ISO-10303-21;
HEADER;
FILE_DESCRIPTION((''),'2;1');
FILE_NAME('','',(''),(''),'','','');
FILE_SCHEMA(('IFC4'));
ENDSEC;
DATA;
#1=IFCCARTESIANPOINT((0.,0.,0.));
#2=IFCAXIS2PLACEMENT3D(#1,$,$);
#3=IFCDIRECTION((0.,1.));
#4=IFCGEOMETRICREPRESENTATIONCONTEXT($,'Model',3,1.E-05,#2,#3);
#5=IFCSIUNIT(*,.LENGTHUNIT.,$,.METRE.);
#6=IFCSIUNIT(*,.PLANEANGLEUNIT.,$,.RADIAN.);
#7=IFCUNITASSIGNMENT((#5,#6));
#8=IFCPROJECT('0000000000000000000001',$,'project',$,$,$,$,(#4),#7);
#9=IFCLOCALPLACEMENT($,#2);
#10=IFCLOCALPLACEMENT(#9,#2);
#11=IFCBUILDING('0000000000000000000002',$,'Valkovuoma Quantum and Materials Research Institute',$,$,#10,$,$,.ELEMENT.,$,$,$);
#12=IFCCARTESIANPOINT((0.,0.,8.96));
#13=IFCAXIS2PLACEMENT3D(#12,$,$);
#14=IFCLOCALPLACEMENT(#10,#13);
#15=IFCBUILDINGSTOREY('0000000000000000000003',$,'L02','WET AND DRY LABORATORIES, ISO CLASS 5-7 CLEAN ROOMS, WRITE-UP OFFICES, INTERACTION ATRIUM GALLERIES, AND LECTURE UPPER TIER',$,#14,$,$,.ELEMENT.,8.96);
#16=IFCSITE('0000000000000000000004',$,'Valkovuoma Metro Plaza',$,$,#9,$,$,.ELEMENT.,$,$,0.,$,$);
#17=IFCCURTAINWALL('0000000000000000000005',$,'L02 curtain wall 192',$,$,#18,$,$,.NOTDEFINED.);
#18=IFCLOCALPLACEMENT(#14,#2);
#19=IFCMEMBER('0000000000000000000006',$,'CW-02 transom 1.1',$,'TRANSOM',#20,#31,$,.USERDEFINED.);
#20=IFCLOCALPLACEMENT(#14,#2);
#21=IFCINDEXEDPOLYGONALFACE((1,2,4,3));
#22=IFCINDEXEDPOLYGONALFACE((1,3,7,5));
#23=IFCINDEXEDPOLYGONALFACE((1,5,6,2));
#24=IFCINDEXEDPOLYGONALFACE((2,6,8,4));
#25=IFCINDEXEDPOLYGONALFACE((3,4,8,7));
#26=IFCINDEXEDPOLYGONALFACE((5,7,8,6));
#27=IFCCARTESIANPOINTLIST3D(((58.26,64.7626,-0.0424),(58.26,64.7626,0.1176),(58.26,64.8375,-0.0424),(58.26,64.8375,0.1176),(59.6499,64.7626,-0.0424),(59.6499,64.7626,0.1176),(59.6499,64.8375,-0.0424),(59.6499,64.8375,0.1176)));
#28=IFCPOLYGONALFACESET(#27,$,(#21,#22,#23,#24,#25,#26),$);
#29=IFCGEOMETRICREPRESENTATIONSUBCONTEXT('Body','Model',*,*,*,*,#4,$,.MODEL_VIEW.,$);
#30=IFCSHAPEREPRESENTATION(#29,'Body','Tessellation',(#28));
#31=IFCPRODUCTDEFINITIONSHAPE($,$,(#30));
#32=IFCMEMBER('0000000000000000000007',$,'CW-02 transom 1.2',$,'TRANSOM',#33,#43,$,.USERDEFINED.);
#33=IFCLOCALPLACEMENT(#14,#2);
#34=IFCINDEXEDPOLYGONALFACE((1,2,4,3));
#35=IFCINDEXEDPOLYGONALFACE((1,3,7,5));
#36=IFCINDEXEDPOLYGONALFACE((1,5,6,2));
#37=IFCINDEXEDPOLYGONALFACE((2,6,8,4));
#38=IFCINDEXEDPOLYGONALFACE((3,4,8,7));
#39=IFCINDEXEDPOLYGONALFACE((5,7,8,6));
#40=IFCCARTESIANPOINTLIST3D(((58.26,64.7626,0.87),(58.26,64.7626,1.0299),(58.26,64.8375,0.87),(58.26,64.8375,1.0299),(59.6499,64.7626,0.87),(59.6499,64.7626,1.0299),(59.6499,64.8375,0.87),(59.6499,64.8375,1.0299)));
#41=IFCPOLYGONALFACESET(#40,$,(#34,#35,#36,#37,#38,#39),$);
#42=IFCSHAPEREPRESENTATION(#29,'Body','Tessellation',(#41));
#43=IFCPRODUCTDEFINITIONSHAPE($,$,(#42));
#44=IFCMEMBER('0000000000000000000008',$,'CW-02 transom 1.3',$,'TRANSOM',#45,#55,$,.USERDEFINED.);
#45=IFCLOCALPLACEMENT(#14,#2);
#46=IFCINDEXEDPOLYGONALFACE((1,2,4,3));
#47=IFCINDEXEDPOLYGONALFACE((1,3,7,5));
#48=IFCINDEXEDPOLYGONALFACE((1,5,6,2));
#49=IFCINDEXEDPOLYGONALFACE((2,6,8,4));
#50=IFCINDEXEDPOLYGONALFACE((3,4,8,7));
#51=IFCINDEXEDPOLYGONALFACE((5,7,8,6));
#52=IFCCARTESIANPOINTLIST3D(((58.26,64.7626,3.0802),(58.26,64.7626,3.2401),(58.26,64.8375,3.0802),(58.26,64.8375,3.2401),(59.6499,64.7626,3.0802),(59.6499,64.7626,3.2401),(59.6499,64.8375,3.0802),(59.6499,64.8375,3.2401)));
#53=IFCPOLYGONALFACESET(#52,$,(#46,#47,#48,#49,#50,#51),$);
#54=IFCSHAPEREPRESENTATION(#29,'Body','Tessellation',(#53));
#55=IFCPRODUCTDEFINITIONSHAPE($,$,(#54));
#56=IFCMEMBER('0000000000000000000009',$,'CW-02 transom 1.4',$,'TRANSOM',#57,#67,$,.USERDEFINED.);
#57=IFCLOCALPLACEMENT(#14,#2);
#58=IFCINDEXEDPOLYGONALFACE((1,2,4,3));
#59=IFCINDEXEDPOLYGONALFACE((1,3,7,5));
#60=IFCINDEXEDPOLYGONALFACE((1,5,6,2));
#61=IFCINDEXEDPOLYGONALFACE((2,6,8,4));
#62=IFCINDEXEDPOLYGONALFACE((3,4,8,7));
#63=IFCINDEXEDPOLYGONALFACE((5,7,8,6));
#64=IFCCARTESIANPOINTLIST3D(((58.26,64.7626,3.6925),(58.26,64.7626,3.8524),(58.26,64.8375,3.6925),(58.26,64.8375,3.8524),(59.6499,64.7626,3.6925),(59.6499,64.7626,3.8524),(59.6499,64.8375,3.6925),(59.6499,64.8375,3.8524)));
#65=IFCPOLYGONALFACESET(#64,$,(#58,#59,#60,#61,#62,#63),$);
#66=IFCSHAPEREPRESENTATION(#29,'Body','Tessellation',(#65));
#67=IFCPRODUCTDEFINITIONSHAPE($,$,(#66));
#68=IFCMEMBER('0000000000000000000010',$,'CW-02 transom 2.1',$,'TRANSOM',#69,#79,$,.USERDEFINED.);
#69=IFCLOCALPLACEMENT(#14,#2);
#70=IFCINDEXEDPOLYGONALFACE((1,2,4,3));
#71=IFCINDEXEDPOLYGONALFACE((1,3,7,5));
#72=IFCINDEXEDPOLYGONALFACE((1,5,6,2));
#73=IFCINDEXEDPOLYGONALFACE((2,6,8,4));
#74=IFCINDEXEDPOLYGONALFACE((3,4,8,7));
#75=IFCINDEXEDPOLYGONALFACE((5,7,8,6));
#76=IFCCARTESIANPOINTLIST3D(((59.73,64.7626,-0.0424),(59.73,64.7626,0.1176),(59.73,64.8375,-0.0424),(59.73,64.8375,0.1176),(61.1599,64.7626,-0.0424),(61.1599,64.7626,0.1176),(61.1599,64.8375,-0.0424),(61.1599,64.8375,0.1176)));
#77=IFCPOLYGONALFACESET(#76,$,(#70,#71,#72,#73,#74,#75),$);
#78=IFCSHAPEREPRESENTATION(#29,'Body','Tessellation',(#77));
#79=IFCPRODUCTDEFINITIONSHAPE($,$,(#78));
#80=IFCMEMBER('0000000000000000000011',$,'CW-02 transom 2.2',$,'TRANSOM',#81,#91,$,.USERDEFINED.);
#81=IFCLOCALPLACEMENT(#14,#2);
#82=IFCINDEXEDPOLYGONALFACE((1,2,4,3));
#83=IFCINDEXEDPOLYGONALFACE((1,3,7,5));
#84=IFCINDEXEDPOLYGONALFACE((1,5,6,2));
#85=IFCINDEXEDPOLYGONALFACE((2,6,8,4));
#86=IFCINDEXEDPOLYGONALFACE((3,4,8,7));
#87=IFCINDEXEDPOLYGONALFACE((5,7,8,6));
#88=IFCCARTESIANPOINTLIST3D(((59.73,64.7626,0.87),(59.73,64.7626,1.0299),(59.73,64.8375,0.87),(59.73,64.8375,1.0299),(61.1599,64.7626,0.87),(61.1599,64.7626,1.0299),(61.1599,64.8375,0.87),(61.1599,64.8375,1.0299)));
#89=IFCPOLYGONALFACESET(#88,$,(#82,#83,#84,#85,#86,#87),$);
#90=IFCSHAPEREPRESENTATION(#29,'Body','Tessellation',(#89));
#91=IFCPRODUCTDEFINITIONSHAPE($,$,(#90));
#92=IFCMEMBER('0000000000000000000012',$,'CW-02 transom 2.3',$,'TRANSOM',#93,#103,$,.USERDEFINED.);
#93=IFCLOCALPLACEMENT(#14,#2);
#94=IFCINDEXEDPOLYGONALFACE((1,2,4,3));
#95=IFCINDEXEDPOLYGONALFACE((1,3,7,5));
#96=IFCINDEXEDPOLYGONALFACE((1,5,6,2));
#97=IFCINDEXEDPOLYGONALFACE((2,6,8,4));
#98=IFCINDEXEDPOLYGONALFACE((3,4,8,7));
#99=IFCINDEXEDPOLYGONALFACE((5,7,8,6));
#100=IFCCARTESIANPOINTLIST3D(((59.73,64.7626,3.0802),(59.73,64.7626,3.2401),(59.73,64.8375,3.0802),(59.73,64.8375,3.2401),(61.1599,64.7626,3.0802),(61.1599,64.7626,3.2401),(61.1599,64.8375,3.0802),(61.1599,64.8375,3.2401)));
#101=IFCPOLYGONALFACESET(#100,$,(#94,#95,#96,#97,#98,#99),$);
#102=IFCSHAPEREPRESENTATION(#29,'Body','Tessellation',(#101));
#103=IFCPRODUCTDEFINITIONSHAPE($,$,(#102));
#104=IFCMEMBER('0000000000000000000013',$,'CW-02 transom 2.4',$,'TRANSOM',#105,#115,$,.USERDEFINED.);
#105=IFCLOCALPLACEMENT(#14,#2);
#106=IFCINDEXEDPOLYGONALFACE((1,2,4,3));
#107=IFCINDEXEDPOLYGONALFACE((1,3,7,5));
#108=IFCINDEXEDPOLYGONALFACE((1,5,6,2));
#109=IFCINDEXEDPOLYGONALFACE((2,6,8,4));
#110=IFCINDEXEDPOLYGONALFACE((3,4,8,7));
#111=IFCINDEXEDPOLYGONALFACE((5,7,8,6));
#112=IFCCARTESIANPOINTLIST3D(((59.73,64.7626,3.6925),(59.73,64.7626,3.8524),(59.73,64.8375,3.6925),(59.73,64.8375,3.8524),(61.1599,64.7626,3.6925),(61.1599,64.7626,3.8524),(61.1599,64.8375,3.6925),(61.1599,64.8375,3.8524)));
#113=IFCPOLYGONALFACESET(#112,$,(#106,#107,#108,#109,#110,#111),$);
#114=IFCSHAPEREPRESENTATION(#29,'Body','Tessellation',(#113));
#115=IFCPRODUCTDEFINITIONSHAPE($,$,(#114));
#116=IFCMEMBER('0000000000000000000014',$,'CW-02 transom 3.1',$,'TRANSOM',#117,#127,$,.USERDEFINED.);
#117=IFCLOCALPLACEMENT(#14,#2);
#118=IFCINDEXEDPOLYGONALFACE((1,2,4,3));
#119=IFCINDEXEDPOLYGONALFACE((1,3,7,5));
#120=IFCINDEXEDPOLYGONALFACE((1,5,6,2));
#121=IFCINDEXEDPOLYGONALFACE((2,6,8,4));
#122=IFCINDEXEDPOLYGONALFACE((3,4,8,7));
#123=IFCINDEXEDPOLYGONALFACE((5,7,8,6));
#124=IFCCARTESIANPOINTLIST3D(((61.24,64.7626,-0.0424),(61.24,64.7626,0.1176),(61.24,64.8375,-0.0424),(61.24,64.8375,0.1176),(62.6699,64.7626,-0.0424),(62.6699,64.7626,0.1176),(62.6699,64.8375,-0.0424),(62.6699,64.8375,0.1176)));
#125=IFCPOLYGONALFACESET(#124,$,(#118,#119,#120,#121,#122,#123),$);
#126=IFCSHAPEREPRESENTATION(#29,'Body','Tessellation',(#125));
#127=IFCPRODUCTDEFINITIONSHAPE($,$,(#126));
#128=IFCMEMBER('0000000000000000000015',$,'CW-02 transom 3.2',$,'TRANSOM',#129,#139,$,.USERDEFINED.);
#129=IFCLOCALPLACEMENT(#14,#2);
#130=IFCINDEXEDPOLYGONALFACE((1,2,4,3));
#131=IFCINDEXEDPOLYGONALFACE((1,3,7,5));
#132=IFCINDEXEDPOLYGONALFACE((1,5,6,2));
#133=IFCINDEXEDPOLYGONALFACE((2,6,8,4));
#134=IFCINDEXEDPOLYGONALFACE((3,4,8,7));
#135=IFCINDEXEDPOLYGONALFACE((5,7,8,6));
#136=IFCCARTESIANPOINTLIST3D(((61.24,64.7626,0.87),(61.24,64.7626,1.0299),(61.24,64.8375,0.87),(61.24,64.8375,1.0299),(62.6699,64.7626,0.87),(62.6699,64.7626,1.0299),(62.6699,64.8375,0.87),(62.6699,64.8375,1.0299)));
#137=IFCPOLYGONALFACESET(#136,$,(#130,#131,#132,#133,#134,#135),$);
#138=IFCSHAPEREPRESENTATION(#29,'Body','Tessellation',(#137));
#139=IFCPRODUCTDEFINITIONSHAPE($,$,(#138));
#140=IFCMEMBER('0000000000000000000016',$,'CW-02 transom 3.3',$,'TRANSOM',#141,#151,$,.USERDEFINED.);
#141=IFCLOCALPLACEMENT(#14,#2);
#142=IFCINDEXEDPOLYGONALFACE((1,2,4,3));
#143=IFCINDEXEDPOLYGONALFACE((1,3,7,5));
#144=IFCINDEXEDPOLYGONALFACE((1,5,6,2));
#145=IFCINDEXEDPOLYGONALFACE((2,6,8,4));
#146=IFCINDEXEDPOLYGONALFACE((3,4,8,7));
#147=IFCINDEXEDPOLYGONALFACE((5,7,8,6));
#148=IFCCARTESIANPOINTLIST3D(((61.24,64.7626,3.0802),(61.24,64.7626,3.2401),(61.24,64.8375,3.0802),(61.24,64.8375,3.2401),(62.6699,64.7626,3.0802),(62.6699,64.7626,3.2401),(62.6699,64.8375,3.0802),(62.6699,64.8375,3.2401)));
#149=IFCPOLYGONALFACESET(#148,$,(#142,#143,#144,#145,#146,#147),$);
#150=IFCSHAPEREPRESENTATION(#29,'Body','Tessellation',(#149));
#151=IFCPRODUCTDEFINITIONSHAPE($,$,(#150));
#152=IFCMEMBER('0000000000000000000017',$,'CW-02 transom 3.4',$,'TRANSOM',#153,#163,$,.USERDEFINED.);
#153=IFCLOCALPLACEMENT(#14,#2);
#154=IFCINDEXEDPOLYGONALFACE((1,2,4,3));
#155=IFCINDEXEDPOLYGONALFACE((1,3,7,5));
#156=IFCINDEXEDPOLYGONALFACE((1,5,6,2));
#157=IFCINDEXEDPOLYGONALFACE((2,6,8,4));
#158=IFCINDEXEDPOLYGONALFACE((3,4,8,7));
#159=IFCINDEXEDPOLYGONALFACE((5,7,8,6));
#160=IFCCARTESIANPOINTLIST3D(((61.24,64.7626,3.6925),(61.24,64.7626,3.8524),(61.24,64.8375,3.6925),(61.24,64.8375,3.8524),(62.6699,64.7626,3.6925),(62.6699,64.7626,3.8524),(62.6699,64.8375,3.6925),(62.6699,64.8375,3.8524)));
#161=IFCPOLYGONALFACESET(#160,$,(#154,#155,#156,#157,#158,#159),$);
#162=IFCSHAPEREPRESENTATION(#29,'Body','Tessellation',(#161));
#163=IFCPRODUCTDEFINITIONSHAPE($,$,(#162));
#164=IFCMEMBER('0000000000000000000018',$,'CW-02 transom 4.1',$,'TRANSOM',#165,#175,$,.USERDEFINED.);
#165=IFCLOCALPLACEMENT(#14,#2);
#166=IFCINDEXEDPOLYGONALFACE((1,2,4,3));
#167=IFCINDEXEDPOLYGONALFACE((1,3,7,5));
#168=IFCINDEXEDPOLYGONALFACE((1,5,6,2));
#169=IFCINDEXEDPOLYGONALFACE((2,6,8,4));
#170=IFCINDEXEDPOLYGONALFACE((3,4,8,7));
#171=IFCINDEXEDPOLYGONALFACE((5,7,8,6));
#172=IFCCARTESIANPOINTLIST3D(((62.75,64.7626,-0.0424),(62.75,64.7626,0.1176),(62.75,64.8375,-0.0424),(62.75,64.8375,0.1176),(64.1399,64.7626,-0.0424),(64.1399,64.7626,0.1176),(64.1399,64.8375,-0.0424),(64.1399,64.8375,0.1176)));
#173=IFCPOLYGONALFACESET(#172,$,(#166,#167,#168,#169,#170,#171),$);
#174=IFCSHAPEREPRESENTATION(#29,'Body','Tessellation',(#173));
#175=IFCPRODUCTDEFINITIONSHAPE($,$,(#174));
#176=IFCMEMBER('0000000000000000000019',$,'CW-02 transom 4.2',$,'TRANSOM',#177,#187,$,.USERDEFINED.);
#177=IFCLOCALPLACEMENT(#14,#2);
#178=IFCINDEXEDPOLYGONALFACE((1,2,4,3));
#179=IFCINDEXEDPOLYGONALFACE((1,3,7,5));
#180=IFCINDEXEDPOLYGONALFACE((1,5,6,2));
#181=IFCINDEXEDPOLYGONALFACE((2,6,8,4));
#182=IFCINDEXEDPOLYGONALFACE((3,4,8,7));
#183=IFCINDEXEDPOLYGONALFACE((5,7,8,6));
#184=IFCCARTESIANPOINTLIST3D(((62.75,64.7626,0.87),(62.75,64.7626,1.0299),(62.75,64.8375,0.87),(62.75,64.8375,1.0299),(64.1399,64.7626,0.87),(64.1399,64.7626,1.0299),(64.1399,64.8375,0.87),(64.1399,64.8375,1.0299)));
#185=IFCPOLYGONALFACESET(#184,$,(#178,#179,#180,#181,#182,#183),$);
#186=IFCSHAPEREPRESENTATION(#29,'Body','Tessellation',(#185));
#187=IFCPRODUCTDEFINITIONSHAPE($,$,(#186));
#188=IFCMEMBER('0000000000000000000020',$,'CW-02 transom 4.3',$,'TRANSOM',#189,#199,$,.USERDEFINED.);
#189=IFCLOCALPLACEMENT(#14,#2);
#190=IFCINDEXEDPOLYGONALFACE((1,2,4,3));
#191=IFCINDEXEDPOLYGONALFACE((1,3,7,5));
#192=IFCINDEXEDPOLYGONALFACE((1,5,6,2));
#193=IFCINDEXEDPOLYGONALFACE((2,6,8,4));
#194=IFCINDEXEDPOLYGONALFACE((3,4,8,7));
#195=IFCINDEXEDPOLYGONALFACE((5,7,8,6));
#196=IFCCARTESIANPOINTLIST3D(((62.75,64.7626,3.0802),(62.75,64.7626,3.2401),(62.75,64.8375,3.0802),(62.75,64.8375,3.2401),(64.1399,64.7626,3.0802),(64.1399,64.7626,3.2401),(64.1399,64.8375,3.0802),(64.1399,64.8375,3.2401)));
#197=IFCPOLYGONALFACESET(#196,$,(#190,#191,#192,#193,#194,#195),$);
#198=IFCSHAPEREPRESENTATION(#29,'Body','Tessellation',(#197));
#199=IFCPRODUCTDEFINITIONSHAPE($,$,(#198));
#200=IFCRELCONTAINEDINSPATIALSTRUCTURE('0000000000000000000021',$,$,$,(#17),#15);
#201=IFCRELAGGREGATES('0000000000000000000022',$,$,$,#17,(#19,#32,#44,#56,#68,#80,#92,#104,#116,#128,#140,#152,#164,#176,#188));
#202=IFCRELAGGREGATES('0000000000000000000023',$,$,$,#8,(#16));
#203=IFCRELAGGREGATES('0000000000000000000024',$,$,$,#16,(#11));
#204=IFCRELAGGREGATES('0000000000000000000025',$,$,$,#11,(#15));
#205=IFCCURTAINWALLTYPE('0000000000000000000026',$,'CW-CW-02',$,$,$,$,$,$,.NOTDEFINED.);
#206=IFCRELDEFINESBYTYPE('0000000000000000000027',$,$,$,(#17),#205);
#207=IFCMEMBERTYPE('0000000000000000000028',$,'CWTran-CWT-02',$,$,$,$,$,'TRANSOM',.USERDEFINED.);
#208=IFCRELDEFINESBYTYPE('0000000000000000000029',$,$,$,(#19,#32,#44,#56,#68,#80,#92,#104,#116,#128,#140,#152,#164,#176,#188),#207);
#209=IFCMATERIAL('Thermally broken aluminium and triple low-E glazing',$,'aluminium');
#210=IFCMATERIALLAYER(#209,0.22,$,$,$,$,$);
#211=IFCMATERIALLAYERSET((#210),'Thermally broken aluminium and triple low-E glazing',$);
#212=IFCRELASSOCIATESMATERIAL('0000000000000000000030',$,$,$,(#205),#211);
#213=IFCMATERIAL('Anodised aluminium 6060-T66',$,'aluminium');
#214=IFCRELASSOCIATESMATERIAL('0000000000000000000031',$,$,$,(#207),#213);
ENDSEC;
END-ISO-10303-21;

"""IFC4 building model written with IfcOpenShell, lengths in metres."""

from ifc_helpers import new_model, si_unit, direction, frame, origin, origin_2d, place, context, subcontext, project, spatial, rectangle, extrude, material, layer, layer_set, material_profile, profile_set, type_object, element, aggregate, save


model = new_model("IFC4")

# Units and contexts
model_context = context("Model", 3, precision=1e-05, world=origin(), true_north=direction((0.0, 1.0)))
body_context = subcontext(model_context, "Body", "Model", "MODEL_VIEW")
ifc_project = project(units=[si_unit("LENGTHUNIT", "METRE"), si_unit("PLANEANGLEUNIT", "RADIAN")], contexts=[model_context])

# Site, building, storey
site_placement = place(None, origin())
site = spatial("IfcSite", under=ifc_project, at=site_placement, Name="Valkovuoma Metro Plaza", CompositionType="ELEMENT", RefElevation=0.0)
building_placement = place(site_placement, origin())
building = spatial("IfcBuilding", under=site, at=building_placement, Name="Valkovuoma Quantum and Materials Research Institute", CompositionType="ELEMENT")
storey_placement = place(building_placement, frame((0.0, 0.0, 8.96)))
storey = spatial("IfcBuildingStorey", under=building, at=storey_placement, Name="L02", Description="WET AND DRY LABORATORIES, ISO CLASS 5-7 CLEAN ROOMS, WRITE-UP OFFICES, INTERACTION ATRIUM GALLERIES, AND LECTURE UPPER TIER", CompositionType="ELEMENT", Elevation=8.96)

# Shared definitions
ifc_material_1 = material(Name="Thermally broken aluminium and triple low-E glazing", Category="aluminium")
ifc_layer_1 = layer(ifc_material_1, 0.22)
ifc_layer_set_1 = layer_set([ifc_layer_1], Name="Thermally broken aluminium and triple low-E glazing")
curtain_wall_type = type_object("IfcCurtainWallType", Name="CW-CW-02", PredefinedType="NOTDEFINED", material=ifc_layer_set_1)

# Curtain wall, members
curtain_wall_1_placement = place(storey_placement, origin())
curtain_wall_1 = element("IfcCurtainWall", 1, at=curtain_wall_1_placement, inside=storey, type_object=curtain_wall_type, Name="L02 curtain wall 192", PredefinedType="NOTDEFINED")
ifc_material_2 = material(Name="Anodised aluminium 6060-T66", Category="aluminium")
ifc_material_profile_1 = material_profile(ifc_material_2, rectangle(XDim=0.075, YDim=0.1599, at=origin_2d()), Name="Anodised aluminium 6060-T66")
ifc_profile_set_1 = profile_set([ifc_material_profile_1], Name="Anodised aluminium 6060-T66")
member_type_1 = type_object("IfcMemberType", Name="CWTran-CWT-02", ElementType="TRANSOM", PredefinedType="USERDEFINED", material=ifc_profile_set_1)
member_1_placement = place(storey_placement, frame((58.26, 64.8, 0.0376), z_axis=(1.0, 0.0, 0.0), x_axis=(0.0, 1.0, 0.0)))
member_1 = element("IfcMember", 2, at=member_1_placement, type_object=member_type_1, Name="CW-02 transom 1.1", ObjectType="TRANSOM", PredefinedType="USERDEFINED", context=body_context, shape_type="SweptSolid", body=[
    extrude(rectangle(XDim=0.075, YDim=0.1599, at=origin_2d()), origin(), (0.0, 0.0, 1.0), 1.3899),
])
member_2_placement = place(storey_placement, frame((58.26, 64.8, 0.95), z_axis=(1.0, 0.0, 0.0), x_axis=(0.0, 1.0, 0.0)))
member_2 = element("IfcMember", 3, at=member_2_placement, type_object=member_type_1, Name="CW-02 transom 1.2", ObjectType="TRANSOM", PredefinedType="USERDEFINED", context=body_context, shape_type="SweptSolid", body=[
    extrude(rectangle(XDim=0.075, YDim=0.1599, at=origin_2d()), origin(), (0.0, 0.0, 1.0), 1.3899),
])
member_3_placement = place(storey_placement, frame((58.26, 64.8, 3.1602), z_axis=(1.0, 0.0, 0.0), x_axis=(0.0, 1.0, 0.0)))
member_3 = element("IfcMember", 4, at=member_3_placement, type_object=member_type_1, Name="CW-02 transom 1.3", ObjectType="TRANSOM", PredefinedType="USERDEFINED", context=body_context, shape_type="SweptSolid", body=[
    extrude(rectangle(XDim=0.075, YDim=0.1599, at=origin_2d()), origin(), (0.0, 0.0, 1.0), 1.3899),
])
member_4_placement = place(storey_placement, frame((58.26, 64.8, 3.7725), z_axis=(1.0, 0.0, 0.0), x_axis=(0.0, 1.0, 0.0)))
member_4 = element("IfcMember", 5, at=member_4_placement, type_object=member_type_1, Name="CW-02 transom 1.4", ObjectType="TRANSOM", PredefinedType="USERDEFINED", context=body_context, shape_type="SweptSolid", body=[
    extrude(rectangle(XDim=0.075, YDim=0.1599, at=origin_2d()), origin(), (0.0, 0.0, 1.0), 1.3899),
])
member_5_placement = place(storey_placement, frame((59.73, 64.8, 0.0376), z_axis=(1.0, 0.0, 0.0), x_axis=(0.0, 1.0, 0.0)))
member_5 = element("IfcMember", 6, at=member_5_placement, type_object=member_type_1, Name="CW-02 transom 2.1", ObjectType="TRANSOM", PredefinedType="USERDEFINED", context=body_context, shape_type="SweptSolid", body=[
    extrude(rectangle(XDim=0.075, YDim=0.1599, at=origin_2d()), origin(), (0.0, 0.0, 1.0), 1.4299),
])
member_6_placement = place(storey_placement, frame((59.73, 64.8, 0.95), z_axis=(1.0, 0.0, 0.0), x_axis=(0.0, 1.0, 0.0)))
member_6 = element("IfcMember", 7, at=member_6_placement, type_object=member_type_1, Name="CW-02 transom 2.2", ObjectType="TRANSOM", PredefinedType="USERDEFINED", context=body_context, shape_type="SweptSolid", body=[
    extrude(rectangle(XDim=0.075, YDim=0.1599, at=origin_2d()), origin(), (0.0, 0.0, 1.0), 1.4299),
])
member_7_placement = place(storey_placement, frame((59.73, 64.8, 3.1602), z_axis=(1.0, 0.0, 0.0), x_axis=(0.0, 1.0, 0.0)))
member_7 = element("IfcMember", 8, at=member_7_placement, type_object=member_type_1, Name="CW-02 transom 2.3", ObjectType="TRANSOM", PredefinedType="USERDEFINED", context=body_context, shape_type="SweptSolid", body=[
    extrude(rectangle(XDim=0.075, YDim=0.1599, at=origin_2d()), origin(), (0.0, 0.0, 1.0), 1.4299),
])
member_8_placement = place(storey_placement, frame((59.73, 64.8, 3.7725), z_axis=(1.0, 0.0, 0.0), x_axis=(0.0, 1.0, 0.0)))
member_8 = element("IfcMember", 9, at=member_8_placement, type_object=member_type_1, Name="CW-02 transom 2.4", ObjectType="TRANSOM", PredefinedType="USERDEFINED", context=body_context, shape_type="SweptSolid", body=[
    extrude(rectangle(XDim=0.075, YDim=0.1599, at=origin_2d()), origin(), (0.0, 0.0, 1.0), 1.4299),
])
member_9_placement = place(storey_placement, frame((61.24, 64.8, 0.0376), z_axis=(1.0, 0.0, 0.0), x_axis=(0.0, 1.0, 0.0)))
member_9 = element("IfcMember", 10, at=member_9_placement, type_object=member_type_1, Name="CW-02 transom 3.1", ObjectType="TRANSOM", PredefinedType="USERDEFINED", context=body_context, shape_type="SweptSolid", body=[
    extrude(rectangle(XDim=0.075, YDim=0.1599, at=origin_2d()), origin(), (0.0, 0.0, 1.0), 1.4299),
])
member_10_placement = place(storey_placement, frame((61.24, 64.8, 0.95), z_axis=(1.0, 0.0, 0.0), x_axis=(0.0, 1.0, 0.0)))
member_10 = element("IfcMember", 11, at=member_10_placement, type_object=member_type_1, Name="CW-02 transom 3.2", ObjectType="TRANSOM", PredefinedType="USERDEFINED", context=body_context, shape_type="SweptSolid", body=[
    extrude(rectangle(XDim=0.075, YDim=0.1599, at=origin_2d()), origin(), (0.0, 0.0, 1.0), 1.4299),
])
member_11_placement = place(storey_placement, frame((61.24, 64.8, 3.1602), z_axis=(1.0, 0.0, 0.0), x_axis=(0.0, 1.0, 0.0)))
member_11 = element("IfcMember", 12, at=member_11_placement, type_object=member_type_1, Name="CW-02 transom 3.3", ObjectType="TRANSOM", PredefinedType="USERDEFINED", context=body_context, shape_type="SweptSolid", body=[
    extrude(rectangle(XDim=0.075, YDim=0.1599, at=origin_2d()), origin(), (0.0, 0.0, 1.0), 1.4299),
])
member_12_placement = place(storey_placement, frame((61.24, 64.8, 3.7725), z_axis=(1.0, 0.0, 0.0), x_axis=(0.0, 1.0, 0.0)))
member_12 = element("IfcMember", 13, at=member_12_placement, type_object=member_type_1, Name="CW-02 transom 3.4", ObjectType="TRANSOM", PredefinedType="USERDEFINED", context=body_context, shape_type="SweptSolid", body=[
    extrude(rectangle(XDim=0.075, YDim=0.1599, at=origin_2d()), origin(), (0.0, 0.0, 1.0), 1.4299),
])
member_13_placement = place(storey_placement, frame((62.75, 64.8, 0.0376), z_axis=(1.0, 0.0, 0.0), x_axis=(0.0, 1.0, 0.0)))
member_13 = element("IfcMember", 14, at=member_13_placement, type_object=member_type_1, Name="CW-02 transom 4.1", ObjectType="TRANSOM", PredefinedType="USERDEFINED", context=body_context, shape_type="SweptSolid", body=[
    extrude(rectangle(XDim=0.075, YDim=0.1599, at=origin_2d()), origin(), (0.0, 0.0, 1.0), 1.3899),
])
member_14_placement = place(storey_placement, frame((62.75, 64.8, 0.95), z_axis=(1.0, 0.0, 0.0), x_axis=(0.0, 1.0, 0.0)))
member_14 = element("IfcMember", 15, at=member_14_placement, type_object=member_type_1, Name="CW-02 transom 4.2", ObjectType="TRANSOM", PredefinedType="USERDEFINED", context=body_context, shape_type="SweptSolid", body=[
    extrude(rectangle(XDim=0.075, YDim=0.1599, at=origin_2d()), origin(), (0.0, 0.0, 1.0), 1.3899),
])
member_15_placement = place(storey_placement, frame((62.75, 64.8, 3.1602), z_axis=(1.0, 0.0, 0.0), x_axis=(0.0, 1.0, 0.0)))
member_15 = element("IfcMember", 16, at=member_15_placement, type_object=member_type_1, Name="CW-02 transom 4.3", ObjectType="TRANSOM", PredefinedType="USERDEFINED", context=body_context, shape_type="SweptSolid", body=[
    extrude(rectangle(XDim=0.075, YDim=0.1599, at=origin_2d()), origin(), (0.0, 0.0, 1.0), 1.3899),
])

aggregate(curtain_wall_1, [member_1, member_2, member_3, member_4, member_5, member_6, member_7, member_8, member_9, member_10, member_11, member_12, member_13, member_14, member_15])

save(model, "model.ifc")
